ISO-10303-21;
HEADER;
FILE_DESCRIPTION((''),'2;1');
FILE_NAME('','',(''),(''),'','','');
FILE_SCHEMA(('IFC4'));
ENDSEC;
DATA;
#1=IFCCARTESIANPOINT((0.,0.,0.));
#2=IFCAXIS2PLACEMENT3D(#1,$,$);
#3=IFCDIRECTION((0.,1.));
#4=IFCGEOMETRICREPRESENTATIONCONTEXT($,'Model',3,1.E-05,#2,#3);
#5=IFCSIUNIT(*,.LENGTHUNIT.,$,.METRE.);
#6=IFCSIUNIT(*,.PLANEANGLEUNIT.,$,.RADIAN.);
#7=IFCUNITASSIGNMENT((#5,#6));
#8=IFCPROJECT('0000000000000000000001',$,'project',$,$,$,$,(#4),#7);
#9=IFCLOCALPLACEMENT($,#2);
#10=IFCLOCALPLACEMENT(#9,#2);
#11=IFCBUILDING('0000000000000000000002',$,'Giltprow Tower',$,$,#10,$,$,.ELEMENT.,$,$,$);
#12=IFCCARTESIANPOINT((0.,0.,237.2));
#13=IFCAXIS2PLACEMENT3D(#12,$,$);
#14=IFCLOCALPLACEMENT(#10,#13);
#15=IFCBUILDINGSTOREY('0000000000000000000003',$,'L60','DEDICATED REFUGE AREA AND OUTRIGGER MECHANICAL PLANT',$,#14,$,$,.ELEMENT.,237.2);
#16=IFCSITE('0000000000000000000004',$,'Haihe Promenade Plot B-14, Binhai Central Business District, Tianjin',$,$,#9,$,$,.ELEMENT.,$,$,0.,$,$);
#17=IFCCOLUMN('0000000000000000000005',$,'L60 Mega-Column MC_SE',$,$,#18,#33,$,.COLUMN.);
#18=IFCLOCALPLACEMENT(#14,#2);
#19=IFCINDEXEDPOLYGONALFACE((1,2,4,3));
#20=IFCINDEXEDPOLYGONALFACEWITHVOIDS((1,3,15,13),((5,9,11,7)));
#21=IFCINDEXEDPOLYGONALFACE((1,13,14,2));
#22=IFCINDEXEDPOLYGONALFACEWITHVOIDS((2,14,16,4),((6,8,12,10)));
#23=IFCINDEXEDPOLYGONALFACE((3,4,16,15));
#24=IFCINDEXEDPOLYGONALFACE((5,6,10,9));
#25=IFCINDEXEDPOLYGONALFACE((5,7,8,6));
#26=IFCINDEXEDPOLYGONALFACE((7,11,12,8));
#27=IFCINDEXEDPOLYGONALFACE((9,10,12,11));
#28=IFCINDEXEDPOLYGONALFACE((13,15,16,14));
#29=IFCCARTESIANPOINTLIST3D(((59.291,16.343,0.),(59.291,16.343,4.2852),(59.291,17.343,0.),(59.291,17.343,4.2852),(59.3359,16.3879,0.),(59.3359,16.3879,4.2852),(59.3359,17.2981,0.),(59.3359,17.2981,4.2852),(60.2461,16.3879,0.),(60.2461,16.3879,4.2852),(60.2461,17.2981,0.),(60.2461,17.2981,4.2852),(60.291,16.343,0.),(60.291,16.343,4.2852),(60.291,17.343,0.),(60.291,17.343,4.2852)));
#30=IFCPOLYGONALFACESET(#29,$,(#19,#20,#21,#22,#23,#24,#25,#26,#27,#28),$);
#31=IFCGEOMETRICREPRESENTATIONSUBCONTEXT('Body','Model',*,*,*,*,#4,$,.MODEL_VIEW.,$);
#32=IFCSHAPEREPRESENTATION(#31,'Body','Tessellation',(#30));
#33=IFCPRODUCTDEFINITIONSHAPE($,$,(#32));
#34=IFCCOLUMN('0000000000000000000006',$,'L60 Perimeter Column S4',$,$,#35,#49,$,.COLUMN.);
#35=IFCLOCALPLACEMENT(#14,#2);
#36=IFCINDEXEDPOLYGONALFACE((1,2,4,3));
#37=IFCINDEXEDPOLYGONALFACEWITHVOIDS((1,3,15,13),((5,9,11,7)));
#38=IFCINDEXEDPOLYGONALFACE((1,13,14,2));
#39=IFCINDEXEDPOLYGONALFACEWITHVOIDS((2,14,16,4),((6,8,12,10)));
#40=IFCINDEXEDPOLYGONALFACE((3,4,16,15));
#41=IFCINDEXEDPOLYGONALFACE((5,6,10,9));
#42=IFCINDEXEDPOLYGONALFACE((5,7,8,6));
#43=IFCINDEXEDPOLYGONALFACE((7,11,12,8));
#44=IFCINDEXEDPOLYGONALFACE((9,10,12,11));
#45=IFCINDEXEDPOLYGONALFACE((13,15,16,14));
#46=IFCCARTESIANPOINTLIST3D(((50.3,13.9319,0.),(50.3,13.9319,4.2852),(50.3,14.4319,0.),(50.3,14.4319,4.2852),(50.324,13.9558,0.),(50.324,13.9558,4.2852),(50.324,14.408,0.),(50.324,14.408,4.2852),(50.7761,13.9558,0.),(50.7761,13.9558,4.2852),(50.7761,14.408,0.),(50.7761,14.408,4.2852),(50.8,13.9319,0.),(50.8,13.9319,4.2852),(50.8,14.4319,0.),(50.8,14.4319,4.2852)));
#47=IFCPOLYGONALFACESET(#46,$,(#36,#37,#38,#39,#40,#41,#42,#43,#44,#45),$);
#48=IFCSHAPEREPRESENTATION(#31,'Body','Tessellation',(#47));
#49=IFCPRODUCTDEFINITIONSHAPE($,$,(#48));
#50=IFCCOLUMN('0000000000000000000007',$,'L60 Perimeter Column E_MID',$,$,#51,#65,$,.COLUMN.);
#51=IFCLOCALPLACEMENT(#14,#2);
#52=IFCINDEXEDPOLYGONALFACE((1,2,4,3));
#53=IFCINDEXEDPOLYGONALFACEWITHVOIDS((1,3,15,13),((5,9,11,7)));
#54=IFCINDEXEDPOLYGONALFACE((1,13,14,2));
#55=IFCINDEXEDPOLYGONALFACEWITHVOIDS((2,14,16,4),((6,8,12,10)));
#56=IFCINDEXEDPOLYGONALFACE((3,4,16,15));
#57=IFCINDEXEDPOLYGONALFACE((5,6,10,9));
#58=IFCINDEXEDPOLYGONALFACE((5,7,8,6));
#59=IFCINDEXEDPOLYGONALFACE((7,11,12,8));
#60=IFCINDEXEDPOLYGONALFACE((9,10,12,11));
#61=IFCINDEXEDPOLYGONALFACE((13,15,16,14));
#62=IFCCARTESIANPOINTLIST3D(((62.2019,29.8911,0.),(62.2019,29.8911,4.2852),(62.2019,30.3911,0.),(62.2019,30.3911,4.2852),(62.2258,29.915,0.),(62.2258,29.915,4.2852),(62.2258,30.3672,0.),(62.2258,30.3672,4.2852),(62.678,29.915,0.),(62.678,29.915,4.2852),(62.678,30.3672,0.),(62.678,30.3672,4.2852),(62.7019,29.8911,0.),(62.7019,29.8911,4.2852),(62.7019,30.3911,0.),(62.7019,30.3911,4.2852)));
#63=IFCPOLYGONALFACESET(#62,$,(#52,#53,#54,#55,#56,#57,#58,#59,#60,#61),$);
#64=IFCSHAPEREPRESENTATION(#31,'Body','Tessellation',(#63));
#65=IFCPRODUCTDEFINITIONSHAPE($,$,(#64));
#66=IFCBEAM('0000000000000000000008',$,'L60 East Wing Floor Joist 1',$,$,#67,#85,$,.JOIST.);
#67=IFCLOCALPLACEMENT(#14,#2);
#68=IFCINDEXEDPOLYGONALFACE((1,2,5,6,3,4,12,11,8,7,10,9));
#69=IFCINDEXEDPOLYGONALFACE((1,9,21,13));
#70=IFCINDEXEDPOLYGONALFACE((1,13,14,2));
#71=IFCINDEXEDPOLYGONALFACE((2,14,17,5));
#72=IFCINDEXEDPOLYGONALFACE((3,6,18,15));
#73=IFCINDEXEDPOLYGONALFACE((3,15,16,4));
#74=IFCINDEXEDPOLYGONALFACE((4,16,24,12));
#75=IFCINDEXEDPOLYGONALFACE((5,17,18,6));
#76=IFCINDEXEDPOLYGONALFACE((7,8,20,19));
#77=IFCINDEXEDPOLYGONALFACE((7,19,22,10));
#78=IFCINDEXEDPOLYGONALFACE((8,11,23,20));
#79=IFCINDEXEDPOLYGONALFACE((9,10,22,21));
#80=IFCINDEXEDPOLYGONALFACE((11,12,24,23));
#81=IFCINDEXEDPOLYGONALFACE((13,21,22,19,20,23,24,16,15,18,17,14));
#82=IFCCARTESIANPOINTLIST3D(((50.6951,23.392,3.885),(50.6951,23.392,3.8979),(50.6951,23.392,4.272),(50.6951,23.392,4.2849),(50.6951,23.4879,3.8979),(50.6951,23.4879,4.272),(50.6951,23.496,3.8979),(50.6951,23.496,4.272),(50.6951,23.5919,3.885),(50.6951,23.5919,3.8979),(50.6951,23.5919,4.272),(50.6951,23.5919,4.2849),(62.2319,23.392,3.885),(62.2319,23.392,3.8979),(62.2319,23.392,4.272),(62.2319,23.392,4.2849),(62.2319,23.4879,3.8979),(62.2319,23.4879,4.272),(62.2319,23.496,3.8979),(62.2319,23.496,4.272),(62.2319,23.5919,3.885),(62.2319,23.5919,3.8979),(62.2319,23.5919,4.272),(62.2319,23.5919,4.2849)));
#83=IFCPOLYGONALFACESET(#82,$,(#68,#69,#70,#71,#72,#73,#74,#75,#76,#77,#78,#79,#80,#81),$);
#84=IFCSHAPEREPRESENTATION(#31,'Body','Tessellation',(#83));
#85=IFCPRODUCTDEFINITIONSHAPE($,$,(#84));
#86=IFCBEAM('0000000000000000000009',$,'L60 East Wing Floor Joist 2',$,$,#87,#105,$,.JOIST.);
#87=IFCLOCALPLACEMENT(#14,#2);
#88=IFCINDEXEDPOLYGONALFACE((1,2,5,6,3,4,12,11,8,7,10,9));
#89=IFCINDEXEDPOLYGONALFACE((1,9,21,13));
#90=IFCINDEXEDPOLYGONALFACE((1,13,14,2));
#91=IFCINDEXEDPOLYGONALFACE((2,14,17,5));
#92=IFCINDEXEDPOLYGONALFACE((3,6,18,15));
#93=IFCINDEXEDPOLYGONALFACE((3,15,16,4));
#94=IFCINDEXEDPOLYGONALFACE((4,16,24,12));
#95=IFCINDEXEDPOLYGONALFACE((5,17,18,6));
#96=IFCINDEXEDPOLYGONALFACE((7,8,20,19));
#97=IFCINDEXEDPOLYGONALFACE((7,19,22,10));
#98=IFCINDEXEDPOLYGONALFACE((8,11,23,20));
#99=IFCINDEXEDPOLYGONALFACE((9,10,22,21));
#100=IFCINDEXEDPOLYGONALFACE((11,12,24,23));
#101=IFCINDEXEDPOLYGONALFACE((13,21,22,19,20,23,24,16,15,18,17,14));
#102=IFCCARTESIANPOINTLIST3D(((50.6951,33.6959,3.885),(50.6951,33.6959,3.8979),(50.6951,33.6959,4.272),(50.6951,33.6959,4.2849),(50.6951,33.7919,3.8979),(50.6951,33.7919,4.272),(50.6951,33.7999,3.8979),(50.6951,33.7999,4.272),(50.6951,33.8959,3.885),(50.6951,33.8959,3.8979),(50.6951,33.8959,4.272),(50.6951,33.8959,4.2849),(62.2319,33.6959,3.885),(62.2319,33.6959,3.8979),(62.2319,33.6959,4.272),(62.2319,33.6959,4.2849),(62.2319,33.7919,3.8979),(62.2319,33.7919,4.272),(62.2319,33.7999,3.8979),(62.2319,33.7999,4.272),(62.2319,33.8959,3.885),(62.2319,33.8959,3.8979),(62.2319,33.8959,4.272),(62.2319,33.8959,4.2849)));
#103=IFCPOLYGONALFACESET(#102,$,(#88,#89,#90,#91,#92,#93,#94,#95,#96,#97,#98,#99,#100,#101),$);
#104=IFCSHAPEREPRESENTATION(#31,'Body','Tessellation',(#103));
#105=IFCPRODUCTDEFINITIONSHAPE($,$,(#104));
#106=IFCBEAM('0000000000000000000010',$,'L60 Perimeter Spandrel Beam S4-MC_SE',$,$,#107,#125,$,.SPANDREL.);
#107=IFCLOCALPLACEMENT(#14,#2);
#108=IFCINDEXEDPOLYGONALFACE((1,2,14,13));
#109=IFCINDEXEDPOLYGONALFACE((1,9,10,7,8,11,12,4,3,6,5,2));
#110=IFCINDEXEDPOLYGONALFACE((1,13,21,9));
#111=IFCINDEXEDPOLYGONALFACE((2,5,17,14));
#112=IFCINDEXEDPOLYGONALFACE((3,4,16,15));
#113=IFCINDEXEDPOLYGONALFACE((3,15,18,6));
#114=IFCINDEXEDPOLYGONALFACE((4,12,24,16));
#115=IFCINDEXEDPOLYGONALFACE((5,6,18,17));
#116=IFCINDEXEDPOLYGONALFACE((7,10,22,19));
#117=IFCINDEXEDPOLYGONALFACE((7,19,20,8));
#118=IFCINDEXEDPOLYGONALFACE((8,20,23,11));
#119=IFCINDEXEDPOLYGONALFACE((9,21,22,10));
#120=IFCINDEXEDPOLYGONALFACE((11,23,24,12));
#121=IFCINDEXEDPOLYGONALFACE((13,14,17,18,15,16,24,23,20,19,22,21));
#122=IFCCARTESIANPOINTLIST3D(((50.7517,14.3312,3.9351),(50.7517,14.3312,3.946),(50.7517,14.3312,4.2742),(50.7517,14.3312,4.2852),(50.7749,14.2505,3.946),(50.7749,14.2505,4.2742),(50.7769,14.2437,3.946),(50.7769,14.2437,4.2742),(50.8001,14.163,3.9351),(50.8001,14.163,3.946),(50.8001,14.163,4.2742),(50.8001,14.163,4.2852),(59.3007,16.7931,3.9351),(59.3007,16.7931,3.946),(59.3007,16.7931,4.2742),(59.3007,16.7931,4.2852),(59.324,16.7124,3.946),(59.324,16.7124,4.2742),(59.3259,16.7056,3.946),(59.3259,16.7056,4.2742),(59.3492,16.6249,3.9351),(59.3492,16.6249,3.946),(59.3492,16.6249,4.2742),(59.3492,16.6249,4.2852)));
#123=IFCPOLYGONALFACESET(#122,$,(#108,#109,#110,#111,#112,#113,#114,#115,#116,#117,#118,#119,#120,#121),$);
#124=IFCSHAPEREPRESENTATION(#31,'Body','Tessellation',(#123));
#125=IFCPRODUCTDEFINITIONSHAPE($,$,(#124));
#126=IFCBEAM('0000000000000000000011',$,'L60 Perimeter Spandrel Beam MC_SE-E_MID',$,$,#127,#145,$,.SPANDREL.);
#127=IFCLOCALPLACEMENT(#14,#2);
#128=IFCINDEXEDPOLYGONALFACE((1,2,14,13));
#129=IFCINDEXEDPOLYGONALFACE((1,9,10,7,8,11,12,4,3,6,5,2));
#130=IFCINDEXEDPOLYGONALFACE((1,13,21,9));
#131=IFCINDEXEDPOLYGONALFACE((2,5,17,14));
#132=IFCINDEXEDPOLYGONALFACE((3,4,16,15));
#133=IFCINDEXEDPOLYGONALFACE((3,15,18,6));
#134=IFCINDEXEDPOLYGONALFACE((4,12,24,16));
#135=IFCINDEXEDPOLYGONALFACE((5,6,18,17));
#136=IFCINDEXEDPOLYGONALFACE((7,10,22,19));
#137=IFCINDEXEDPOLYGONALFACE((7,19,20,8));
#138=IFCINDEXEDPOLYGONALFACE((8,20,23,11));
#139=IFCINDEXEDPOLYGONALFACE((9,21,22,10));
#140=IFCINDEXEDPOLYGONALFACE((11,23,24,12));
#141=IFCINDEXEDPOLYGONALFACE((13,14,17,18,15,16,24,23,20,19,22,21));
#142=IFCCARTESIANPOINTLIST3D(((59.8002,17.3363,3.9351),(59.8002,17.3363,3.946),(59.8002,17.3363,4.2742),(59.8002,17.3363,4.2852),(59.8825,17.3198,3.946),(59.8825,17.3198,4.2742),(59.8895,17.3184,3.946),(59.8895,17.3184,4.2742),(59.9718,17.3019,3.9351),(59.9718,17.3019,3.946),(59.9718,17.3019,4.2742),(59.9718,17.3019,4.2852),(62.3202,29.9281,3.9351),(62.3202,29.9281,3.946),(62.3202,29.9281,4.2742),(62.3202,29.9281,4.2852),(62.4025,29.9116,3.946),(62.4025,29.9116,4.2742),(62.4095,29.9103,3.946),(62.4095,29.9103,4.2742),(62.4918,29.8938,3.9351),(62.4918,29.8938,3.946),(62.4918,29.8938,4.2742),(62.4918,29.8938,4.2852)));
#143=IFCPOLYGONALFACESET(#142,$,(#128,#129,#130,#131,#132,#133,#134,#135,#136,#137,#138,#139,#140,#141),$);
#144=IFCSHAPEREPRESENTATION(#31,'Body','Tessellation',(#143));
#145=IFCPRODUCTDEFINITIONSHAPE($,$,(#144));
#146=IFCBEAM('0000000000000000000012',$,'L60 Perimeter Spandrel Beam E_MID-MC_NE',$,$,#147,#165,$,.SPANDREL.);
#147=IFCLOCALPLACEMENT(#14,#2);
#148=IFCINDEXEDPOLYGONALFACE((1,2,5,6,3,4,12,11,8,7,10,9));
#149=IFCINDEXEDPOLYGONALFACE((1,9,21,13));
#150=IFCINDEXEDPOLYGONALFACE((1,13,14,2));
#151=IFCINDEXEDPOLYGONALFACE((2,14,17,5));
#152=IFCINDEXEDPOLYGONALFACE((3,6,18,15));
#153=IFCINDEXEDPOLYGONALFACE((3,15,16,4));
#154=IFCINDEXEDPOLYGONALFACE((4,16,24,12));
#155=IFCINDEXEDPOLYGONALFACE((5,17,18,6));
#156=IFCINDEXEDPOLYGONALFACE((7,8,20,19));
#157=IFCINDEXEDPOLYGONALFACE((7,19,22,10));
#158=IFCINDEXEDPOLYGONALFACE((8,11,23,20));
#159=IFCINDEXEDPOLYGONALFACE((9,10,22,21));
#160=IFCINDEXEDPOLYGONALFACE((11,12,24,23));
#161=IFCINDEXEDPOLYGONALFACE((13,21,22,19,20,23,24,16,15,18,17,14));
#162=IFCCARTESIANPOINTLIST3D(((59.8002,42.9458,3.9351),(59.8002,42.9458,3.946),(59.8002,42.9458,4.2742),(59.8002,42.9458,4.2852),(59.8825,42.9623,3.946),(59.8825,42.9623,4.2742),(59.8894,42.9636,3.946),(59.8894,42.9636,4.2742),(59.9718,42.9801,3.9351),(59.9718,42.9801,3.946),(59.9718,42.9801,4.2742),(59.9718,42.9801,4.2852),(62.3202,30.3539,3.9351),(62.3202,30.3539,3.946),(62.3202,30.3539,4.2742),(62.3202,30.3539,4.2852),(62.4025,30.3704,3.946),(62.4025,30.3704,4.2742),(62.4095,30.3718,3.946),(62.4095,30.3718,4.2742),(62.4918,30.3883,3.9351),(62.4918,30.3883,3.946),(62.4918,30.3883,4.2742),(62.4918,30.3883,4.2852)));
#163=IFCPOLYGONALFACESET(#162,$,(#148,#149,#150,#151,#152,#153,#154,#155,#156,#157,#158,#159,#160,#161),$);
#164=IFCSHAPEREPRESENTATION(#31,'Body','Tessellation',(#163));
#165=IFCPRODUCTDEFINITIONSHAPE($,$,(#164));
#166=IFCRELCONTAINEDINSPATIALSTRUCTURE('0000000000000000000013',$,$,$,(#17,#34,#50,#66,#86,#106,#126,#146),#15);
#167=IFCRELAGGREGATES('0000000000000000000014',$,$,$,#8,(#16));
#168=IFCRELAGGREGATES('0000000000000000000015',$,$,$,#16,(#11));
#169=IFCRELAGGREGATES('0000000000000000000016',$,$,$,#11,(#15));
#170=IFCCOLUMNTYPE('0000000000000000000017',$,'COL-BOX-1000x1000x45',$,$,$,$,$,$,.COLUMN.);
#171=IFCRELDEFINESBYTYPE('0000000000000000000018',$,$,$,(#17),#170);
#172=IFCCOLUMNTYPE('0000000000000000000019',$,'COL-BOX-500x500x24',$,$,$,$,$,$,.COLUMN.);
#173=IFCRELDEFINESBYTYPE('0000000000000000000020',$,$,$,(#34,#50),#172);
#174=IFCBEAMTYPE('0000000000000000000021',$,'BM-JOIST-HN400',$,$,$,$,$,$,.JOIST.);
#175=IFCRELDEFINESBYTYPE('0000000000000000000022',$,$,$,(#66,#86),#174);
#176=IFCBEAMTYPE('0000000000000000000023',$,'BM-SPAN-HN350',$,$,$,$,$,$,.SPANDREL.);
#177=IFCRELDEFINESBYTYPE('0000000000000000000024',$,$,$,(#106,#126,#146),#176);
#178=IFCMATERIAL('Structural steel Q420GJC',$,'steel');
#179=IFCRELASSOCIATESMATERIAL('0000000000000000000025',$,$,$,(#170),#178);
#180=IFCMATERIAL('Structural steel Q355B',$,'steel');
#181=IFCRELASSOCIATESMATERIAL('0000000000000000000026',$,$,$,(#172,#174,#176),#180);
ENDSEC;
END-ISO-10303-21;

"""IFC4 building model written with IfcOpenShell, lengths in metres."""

from ifc_helpers import new_model, si_unit, direction, frame, origin, origin_2d, place, context, subcontext, project, spatial, hollow_rectangle, i_section, extrude, source, transform, mapped, material, material_profile, profile_set, type_object, element, save


model = new_model("IFC4")

# Units and contexts
model_context = context("Model", 3, precision=1e-05, world=origin(), true_north=direction((0.0, 1.0)))
body_context = subcontext(model_context, "Body", "Model", "MODEL_VIEW")
ifc_project = project(units=[si_unit("LENGTHUNIT", "METRE"), si_unit("PLANEANGLEUNIT", "RADIAN")], contexts=[model_context])

# Site, building, storey
site_placement = place(None, origin())
site = spatial("IfcSite", under=ifc_project, at=site_placement, Name="Haihe Promenade Plot B-14, Binhai Central Business District, Tianjin", CompositionType="ELEMENT", RefElevation=0.0)
building_placement = place(site_placement, origin())
building = spatial("IfcBuilding", under=site, at=building_placement, Name="Giltprow Tower", CompositionType="ELEMENT")
storey_placement = place(building_placement, frame((0.0, 0.0, 237.2)))
storey = spatial("IfcBuildingStorey", under=building, at=storey_placement, Name="L60", Description="DEDICATED REFUGE AREA AND OUTRIGGER MECHANICAL PLANT", CompositionType="ELEMENT", Elevation=237.2)

# Columns
ifc_material_1 = material(Name="Structural steel Q420GJC", Category="steel")
ifc_material_profile_1 = material_profile(ifc_material_1, hollow_rectangle(XDim=1.0, YDim=1.0, WallThickness=0.0449, at=origin_2d()), Name="BOX 1000x1000x45")
ifc_profile_set_1 = profile_set([ifc_material_profile_1], Name="Structural steel Q420GJC")
column_type_1 = type_object("IfcColumnType", Name="COL-BOX-1000x1000x45", PredefinedType="COLUMN", material=ifc_profile_set_1)
shared_shape_1 = source(origin(), body_context, "Body", "SweptSolid", [
    extrude(hollow_rectangle(XDim=1.0, YDim=1.0, WallThickness=0.0449, at=origin_2d()), origin(), (0.0, 0.0, 1.0), 4.2852),
])
column_placement = place(storey_placement, frame((59.791, 16.843, 0.0), z_axis=(0.0, 0.0, 1.0), x_axis=(1.0, 0.0, 0.0)))
element("IfcColumn", 1, at=column_placement, inside=storey, type_object=column_type_1, Name="L60 Mega-Column MC_SE", PredefinedType="COLUMN", context=body_context, shape_type="MappedRepresentation", body=[
    mapped(shared_shape_1, transform((0.0, 0.0, 0.0), x_axis=(1.0, 0.0, 0.0), y_axis=(0.0, 1.0, 0.0), z_axis=(0.0, 0.0, 1.0), scale=1.0)),
])
ifc_material_2 = material(Name="Structural steel Q355B", Category="steel")
ifc_material_profile_2 = material_profile(ifc_material_2, hollow_rectangle(XDim=0.5, YDim=0.5, WallThickness=0.0239, at=origin_2d()), Name="BOX 500x500x24")
ifc_profile_set_2 = profile_set([ifc_material_profile_2], Name="Structural steel Q355B")
column_type_2 = type_object("IfcColumnType", Name="COL-BOX-500x500x24", PredefinedType="COLUMN", material=ifc_profile_set_2)
shared_shape_2 = source(origin(), body_context, "Body", "SweptSolid", [
    extrude(hollow_rectangle(XDim=0.5, YDim=0.5, WallThickness=0.0239, at=origin_2d()), origin(), (0.0, 0.0, 1.0), 4.2852),
])
for number, where, z_axis, x_axis, name in (
    (2, (50.55, 14.1819, 0.0), (0.0, 0.0, 1.0), (1.0, 0.0, 0.0), "L60 Perimeter Column S4"),
    (3, (62.4519, 30.1411, 0.0), (0.0, 0.0, 1.0), (1.0, 0.0, 0.0), "L60 Perimeter Column E_MID"),
):
    element("IfcColumn", number, at=place(storey_placement, frame(where, z_axis=z_axis, x_axis=x_axis)), inside=storey, type_object=column_type_2, Name=name, PredefinedType="COLUMN", context=body_context, shape_type="MappedRepresentation", body=[
        mapped(shared_shape_2, transform((0.0, 0.0, 0.0), x_axis=(1.0, 0.0, 0.0), y_axis=(0.0, 1.0, 0.0), z_axis=(0.0, 0.0, 1.0), scale=1.0)),
    ])

# Beams
ifc_material_profile_3 = material_profile(ifc_material_2, i_section(OverallWidth=0.2, OverallDepth=0.3999, WebThickness=0.0081, FlangeThickness=0.0129, at=origin_2d()), Name="HN 400x200x8x13")
ifc_profile_set_3 = profile_set([ifc_material_profile_3], Name="Structural steel Q355B")
beam_type_1 = type_object("IfcBeamType", Name="BM-JOIST-HN400", PredefinedType="JOIST", material=ifc_profile_set_3)
shared_shape_3 = source(origin(), body_context, "Body", "SweptSolid", [
    extrude(i_section(OverallWidth=0.2, OverallDepth=0.3999, WebThickness=0.0081, FlangeThickness=0.0129, at=origin_2d()), origin(), (0.0, 0.0, 1.0), 11.5369),
])
for number, where, z_axis, x_axis, name in (
    (4, (50.6951, 23.4919, 4.085), (1.0, 0.0, 0.0), (0.0, 1.0, 0.0), "L60 East Wing Floor Joist 1"),
    (5, (50.6951, 33.7959, 4.085), (1.0, 0.0, 0.0), (0.0, 1.0, 0.0), "L60 East Wing Floor Joist 2"),
):
    element("IfcBeam", number, at=place(storey_placement, frame(where, z_axis=z_axis, x_axis=x_axis)), inside=storey, type_object=beam_type_1, Name=name, PredefinedType="JOIST", context=body_context, shape_type="MappedRepresentation", body=[
        mapped(shared_shape_3, transform((0.0, 0.0, 0.0), x_axis=(1.0, 0.0, 0.0), y_axis=(0.0, 1.0, 0.0), z_axis=(0.0, 0.0, 1.0), scale=1.0)),
    ])
ifc_material_profile_4 = material_profile(ifc_material_2, i_section(OverallWidth=0.175, OverallDepth=0.3501, WebThickness=0.0071, FlangeThickness=0.011, at=origin_2d()), Name="HN 350x175x7x11")
ifc_profile_set_4 = profile_set([ifc_material_profile_4], Name="Structural steel Q355B")
beam_type_2 = type_object("IfcBeamType", Name="BM-SPAN-HN350", PredefinedType="SPANDREL", material=ifc_profile_set_4)
shared_shape_4 = source(origin(), body_context, "Body", "SweptSolid", [
    extrude(i_section(OverallWidth=0.175, OverallDepth=0.3501, WebThickness=0.0071, FlangeThickness=0.011, at=origin_2d()), origin(), (0.0, 0.0, 1.0), 8.8965),
])
beam_1_placement = place(storey_placement, frame((50.7759, 14.2471, 4.1101), z_axis=(0.960948, 0.276728, 0.0), x_axis=(-0.276728, 0.960948, 0.0)))
element("IfcBeam", 6, at=beam_1_placement, inside=storey, type_object=beam_type_2, Name="L60 Perimeter Spandrel Beam S4-MC_SE", PredefinedType="SPANDREL", context=body_context, shape_type="MappedRepresentation", body=[
    mapped(shared_shape_4, transform((0.0, 0.0, 0.0), x_axis=(1.0, 0.0, 0.0), y_axis=(0.0, 1.0, 0.0), z_axis=(0.0, 0.0, 1.0), scale=1.0)),
])
shared_shape_5 = source(origin(), body_context, "Body", "SweptSolid", [
    extrude(i_section(OverallWidth=0.175, OverallDepth=0.3501, WebThickness=0.0071, FlangeThickness=0.011, at=origin_2d()), origin(), (0.0, 0.0, 1.0), 12.8416),
])
for number, where, z_axis, x_axis, name in (
    (7, (59.886, 17.3191, 4.1101), (0.19624, 0.980556, 0.0), (-0.980556, 0.19624, 0.0), "L60 Perimeter Spandrel Beam MC_SE-E_MID"),
    (8, (62.406, 30.3711, 4.1101), (-0.19624, 0.980556, 0.0), (-0.980556, -0.19624, 0.0), "L60 Perimeter Spandrel Beam E_MID-MC_NE"),
):
    element("IfcBeam", number, at=place(storey_placement, frame(where, z_axis=z_axis, x_axis=x_axis)), inside=storey, type_object=beam_type_2, Name=name, PredefinedType="SPANDREL", context=body_context, shape_type="MappedRepresentation", body=[
        mapped(shared_shape_5, transform((0.0, 0.0, 0.0), x_axis=(1.0, 0.0, 0.0), y_axis=(0.0, 1.0, 0.0), z_axis=(0.0, 0.0, 1.0), scale=1.0)),
    ])

save(model, "model.ifc")
